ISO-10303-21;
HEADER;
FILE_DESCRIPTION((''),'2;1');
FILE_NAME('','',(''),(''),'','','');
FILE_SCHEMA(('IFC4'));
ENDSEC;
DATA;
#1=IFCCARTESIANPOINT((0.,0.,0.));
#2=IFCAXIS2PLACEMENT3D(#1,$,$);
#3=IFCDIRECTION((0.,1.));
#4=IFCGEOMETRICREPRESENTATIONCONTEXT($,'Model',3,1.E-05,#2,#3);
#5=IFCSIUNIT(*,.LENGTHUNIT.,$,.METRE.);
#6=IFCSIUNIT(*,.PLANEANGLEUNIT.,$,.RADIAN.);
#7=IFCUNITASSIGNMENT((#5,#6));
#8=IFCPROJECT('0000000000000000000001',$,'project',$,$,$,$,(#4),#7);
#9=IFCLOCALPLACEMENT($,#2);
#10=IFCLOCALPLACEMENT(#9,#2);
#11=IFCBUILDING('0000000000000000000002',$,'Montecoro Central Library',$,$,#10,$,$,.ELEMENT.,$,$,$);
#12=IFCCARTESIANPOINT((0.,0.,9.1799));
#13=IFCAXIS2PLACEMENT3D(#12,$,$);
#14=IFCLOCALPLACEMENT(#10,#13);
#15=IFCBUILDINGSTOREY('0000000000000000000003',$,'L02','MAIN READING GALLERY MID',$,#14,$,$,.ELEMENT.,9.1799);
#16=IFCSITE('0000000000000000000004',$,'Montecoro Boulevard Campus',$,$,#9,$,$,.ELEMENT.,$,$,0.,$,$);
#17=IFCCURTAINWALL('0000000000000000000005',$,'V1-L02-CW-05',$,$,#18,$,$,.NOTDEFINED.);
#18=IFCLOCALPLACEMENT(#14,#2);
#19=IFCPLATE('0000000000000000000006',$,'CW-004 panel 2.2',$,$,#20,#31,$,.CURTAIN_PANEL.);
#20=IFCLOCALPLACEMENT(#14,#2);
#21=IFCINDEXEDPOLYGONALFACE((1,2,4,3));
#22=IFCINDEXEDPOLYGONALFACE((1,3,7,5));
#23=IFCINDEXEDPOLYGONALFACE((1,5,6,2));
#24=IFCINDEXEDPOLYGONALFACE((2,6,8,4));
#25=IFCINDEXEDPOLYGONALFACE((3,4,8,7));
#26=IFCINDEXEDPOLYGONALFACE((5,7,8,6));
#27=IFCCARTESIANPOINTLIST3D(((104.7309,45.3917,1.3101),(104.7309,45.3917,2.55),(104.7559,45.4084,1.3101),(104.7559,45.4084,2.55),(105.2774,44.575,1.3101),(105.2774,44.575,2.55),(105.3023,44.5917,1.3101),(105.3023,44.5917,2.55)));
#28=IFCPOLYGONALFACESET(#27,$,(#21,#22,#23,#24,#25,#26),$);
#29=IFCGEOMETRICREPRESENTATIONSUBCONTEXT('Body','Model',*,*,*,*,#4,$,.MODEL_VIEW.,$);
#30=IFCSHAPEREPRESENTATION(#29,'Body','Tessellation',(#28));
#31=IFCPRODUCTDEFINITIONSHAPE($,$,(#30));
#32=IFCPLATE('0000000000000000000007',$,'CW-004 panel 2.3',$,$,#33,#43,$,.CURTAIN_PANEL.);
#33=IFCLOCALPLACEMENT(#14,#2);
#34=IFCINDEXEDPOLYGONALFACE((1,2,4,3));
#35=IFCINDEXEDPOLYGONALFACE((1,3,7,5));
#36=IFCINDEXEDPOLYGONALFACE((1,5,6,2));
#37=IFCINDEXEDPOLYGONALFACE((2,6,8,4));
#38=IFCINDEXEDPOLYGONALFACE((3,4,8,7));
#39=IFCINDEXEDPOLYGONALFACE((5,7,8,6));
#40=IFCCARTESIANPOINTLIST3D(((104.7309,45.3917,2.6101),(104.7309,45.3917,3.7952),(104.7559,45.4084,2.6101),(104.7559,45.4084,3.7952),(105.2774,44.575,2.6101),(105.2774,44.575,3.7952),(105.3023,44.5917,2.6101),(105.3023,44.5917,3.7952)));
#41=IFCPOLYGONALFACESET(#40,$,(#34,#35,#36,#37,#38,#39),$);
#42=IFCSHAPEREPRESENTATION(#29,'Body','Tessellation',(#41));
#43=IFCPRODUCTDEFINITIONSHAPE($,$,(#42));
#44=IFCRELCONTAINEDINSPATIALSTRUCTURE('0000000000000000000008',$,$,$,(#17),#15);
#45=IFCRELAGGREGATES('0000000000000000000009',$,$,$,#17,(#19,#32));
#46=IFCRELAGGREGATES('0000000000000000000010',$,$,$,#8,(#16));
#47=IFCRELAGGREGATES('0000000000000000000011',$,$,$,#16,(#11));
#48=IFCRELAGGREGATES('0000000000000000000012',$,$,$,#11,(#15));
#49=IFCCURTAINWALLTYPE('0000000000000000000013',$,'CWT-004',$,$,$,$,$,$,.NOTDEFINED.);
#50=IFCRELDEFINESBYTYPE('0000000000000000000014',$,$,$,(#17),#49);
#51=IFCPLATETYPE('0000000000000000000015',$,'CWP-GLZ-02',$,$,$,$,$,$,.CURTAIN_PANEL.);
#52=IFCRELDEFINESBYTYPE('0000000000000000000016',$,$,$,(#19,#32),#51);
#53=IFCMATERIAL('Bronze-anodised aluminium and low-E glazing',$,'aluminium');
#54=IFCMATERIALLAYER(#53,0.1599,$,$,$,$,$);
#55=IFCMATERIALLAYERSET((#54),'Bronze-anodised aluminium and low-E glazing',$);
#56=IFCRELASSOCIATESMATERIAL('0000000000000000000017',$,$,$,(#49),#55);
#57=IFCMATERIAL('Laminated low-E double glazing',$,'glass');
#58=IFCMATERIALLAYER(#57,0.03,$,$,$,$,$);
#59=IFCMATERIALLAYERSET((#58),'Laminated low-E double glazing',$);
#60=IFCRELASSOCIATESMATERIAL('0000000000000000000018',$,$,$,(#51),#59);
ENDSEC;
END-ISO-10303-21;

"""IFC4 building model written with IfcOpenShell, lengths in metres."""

from ifc_helpers import new_model, si_unit, direction, frame, origin, origin_2d, place, context, subcontext, project, spatial, rectangle, extrude, material, layer, layer_set, type_object, element, aggregate, save


model = new_model("IFC4")

# Units and contexts
model_context = context("Model", 3, precision=1e-05, world=origin(), true_north=direction((0.0, 1.0)))
body_context = subcontext(model_context, "Body", "Model", "MODEL_VIEW")
ifc_project = project(units=[si_unit("LENGTHUNIT", "METRE"), si_unit("PLANEANGLEUNIT", "RADIAN")], contexts=[model_context])

# Site, building, storey
site_placement = place(None, origin())
site = spatial("IfcSite", under=ifc_project, at=site_placement, Name="Montecoro Boulevard Campus", CompositionType="ELEMENT", RefElevation=0.0)
building_placement = place(site_placement, origin())
building = spatial("IfcBuilding", under=site, at=building_placement, Name="Montecoro Central Library", CompositionType="ELEMENT")
storey_placement = place(building_placement, frame((0.0, 0.0, 9.1799)))
storey = spatial("IfcBuildingStorey", under=building, at=storey_placement, Name="L02", Description="MAIN READING GALLERY MID", CompositionType="ELEMENT", Elevation=9.1799)

# Curtain wall, plates
ifc_material_1 = material(Name="Bronze-anodised aluminium and low-E glazing", Category="aluminium")
ifc_layer_1 = layer(ifc_material_1, 0.1599)
ifc_layer_set_1 = layer_set([ifc_layer_1], Name="Bronze-anodised aluminium and low-E glazing")
curtain_wall_type = type_object("IfcCurtainWallType", Name="CWT-004", PredefinedType="NOTDEFINED", material=ifc_layer_set_1)
curtain_wall_placement = place(storey_placement, origin())
curtain_wall = element("IfcCurtainWall", 1, at=curtain_wall_placement, inside=storey, type_object=curtain_wall_type, Name="V1-L02-CW-05", PredefinedType="NOTDEFINED")
ifc_material_2 = material(Name="Laminated low-E double glazing", Category="glass")
ifc_layer_2 = layer(ifc_material_2, 0.03)
ifc_layer_set_2 = layer_set([ifc_layer_2], Name="Laminated low-E double glazing")
plate_type = type_object("IfcPlateType", Name="CWP-GLZ-02", PredefinedType="CURTAIN_PANEL", material=ifc_layer_set_2)
plate_1_placement = place(storey_placement, frame((105.0166, 44.9917, 1.3101), z_axis=(0.0, 0.0, 1.0), x_axis=(-0.556098, 0.831117, 0.0)))
plate_1 = element("IfcPlate", 2, at=plate_1_placement, type_object=plate_type, Name="CW-004 panel 2.2", PredefinedType="CURTAIN_PANEL", context=body_context, shape_type="SweptSolid", body=[
    extrude(rectangle(XDim=0.9827, YDim=0.03, at=origin_2d()), origin(), (0.0, 0.0, 1.0), 1.24),
])
plate_2_placement = place(storey_placement, frame((105.0166, 44.9917, 2.6101), z_axis=(0.0, 0.0, 1.0), x_axis=(-0.556098, 0.831117, 0.0)))
plate_2 = element("IfcPlate", 3, at=plate_2_placement, type_object=plate_type, Name="CW-004 panel 2.3", PredefinedType="CURTAIN_PANEL", context=body_context, shape_type="SweptSolid", body=[
    extrude(rectangle(XDim=0.9827, YDim=0.03, at=origin_2d()), origin(), (0.0, 0.0, 1.0), 1.1851),
])
aggregate(curtain_wall, [plate_1, plate_2])

save(model, "model.ifc")
